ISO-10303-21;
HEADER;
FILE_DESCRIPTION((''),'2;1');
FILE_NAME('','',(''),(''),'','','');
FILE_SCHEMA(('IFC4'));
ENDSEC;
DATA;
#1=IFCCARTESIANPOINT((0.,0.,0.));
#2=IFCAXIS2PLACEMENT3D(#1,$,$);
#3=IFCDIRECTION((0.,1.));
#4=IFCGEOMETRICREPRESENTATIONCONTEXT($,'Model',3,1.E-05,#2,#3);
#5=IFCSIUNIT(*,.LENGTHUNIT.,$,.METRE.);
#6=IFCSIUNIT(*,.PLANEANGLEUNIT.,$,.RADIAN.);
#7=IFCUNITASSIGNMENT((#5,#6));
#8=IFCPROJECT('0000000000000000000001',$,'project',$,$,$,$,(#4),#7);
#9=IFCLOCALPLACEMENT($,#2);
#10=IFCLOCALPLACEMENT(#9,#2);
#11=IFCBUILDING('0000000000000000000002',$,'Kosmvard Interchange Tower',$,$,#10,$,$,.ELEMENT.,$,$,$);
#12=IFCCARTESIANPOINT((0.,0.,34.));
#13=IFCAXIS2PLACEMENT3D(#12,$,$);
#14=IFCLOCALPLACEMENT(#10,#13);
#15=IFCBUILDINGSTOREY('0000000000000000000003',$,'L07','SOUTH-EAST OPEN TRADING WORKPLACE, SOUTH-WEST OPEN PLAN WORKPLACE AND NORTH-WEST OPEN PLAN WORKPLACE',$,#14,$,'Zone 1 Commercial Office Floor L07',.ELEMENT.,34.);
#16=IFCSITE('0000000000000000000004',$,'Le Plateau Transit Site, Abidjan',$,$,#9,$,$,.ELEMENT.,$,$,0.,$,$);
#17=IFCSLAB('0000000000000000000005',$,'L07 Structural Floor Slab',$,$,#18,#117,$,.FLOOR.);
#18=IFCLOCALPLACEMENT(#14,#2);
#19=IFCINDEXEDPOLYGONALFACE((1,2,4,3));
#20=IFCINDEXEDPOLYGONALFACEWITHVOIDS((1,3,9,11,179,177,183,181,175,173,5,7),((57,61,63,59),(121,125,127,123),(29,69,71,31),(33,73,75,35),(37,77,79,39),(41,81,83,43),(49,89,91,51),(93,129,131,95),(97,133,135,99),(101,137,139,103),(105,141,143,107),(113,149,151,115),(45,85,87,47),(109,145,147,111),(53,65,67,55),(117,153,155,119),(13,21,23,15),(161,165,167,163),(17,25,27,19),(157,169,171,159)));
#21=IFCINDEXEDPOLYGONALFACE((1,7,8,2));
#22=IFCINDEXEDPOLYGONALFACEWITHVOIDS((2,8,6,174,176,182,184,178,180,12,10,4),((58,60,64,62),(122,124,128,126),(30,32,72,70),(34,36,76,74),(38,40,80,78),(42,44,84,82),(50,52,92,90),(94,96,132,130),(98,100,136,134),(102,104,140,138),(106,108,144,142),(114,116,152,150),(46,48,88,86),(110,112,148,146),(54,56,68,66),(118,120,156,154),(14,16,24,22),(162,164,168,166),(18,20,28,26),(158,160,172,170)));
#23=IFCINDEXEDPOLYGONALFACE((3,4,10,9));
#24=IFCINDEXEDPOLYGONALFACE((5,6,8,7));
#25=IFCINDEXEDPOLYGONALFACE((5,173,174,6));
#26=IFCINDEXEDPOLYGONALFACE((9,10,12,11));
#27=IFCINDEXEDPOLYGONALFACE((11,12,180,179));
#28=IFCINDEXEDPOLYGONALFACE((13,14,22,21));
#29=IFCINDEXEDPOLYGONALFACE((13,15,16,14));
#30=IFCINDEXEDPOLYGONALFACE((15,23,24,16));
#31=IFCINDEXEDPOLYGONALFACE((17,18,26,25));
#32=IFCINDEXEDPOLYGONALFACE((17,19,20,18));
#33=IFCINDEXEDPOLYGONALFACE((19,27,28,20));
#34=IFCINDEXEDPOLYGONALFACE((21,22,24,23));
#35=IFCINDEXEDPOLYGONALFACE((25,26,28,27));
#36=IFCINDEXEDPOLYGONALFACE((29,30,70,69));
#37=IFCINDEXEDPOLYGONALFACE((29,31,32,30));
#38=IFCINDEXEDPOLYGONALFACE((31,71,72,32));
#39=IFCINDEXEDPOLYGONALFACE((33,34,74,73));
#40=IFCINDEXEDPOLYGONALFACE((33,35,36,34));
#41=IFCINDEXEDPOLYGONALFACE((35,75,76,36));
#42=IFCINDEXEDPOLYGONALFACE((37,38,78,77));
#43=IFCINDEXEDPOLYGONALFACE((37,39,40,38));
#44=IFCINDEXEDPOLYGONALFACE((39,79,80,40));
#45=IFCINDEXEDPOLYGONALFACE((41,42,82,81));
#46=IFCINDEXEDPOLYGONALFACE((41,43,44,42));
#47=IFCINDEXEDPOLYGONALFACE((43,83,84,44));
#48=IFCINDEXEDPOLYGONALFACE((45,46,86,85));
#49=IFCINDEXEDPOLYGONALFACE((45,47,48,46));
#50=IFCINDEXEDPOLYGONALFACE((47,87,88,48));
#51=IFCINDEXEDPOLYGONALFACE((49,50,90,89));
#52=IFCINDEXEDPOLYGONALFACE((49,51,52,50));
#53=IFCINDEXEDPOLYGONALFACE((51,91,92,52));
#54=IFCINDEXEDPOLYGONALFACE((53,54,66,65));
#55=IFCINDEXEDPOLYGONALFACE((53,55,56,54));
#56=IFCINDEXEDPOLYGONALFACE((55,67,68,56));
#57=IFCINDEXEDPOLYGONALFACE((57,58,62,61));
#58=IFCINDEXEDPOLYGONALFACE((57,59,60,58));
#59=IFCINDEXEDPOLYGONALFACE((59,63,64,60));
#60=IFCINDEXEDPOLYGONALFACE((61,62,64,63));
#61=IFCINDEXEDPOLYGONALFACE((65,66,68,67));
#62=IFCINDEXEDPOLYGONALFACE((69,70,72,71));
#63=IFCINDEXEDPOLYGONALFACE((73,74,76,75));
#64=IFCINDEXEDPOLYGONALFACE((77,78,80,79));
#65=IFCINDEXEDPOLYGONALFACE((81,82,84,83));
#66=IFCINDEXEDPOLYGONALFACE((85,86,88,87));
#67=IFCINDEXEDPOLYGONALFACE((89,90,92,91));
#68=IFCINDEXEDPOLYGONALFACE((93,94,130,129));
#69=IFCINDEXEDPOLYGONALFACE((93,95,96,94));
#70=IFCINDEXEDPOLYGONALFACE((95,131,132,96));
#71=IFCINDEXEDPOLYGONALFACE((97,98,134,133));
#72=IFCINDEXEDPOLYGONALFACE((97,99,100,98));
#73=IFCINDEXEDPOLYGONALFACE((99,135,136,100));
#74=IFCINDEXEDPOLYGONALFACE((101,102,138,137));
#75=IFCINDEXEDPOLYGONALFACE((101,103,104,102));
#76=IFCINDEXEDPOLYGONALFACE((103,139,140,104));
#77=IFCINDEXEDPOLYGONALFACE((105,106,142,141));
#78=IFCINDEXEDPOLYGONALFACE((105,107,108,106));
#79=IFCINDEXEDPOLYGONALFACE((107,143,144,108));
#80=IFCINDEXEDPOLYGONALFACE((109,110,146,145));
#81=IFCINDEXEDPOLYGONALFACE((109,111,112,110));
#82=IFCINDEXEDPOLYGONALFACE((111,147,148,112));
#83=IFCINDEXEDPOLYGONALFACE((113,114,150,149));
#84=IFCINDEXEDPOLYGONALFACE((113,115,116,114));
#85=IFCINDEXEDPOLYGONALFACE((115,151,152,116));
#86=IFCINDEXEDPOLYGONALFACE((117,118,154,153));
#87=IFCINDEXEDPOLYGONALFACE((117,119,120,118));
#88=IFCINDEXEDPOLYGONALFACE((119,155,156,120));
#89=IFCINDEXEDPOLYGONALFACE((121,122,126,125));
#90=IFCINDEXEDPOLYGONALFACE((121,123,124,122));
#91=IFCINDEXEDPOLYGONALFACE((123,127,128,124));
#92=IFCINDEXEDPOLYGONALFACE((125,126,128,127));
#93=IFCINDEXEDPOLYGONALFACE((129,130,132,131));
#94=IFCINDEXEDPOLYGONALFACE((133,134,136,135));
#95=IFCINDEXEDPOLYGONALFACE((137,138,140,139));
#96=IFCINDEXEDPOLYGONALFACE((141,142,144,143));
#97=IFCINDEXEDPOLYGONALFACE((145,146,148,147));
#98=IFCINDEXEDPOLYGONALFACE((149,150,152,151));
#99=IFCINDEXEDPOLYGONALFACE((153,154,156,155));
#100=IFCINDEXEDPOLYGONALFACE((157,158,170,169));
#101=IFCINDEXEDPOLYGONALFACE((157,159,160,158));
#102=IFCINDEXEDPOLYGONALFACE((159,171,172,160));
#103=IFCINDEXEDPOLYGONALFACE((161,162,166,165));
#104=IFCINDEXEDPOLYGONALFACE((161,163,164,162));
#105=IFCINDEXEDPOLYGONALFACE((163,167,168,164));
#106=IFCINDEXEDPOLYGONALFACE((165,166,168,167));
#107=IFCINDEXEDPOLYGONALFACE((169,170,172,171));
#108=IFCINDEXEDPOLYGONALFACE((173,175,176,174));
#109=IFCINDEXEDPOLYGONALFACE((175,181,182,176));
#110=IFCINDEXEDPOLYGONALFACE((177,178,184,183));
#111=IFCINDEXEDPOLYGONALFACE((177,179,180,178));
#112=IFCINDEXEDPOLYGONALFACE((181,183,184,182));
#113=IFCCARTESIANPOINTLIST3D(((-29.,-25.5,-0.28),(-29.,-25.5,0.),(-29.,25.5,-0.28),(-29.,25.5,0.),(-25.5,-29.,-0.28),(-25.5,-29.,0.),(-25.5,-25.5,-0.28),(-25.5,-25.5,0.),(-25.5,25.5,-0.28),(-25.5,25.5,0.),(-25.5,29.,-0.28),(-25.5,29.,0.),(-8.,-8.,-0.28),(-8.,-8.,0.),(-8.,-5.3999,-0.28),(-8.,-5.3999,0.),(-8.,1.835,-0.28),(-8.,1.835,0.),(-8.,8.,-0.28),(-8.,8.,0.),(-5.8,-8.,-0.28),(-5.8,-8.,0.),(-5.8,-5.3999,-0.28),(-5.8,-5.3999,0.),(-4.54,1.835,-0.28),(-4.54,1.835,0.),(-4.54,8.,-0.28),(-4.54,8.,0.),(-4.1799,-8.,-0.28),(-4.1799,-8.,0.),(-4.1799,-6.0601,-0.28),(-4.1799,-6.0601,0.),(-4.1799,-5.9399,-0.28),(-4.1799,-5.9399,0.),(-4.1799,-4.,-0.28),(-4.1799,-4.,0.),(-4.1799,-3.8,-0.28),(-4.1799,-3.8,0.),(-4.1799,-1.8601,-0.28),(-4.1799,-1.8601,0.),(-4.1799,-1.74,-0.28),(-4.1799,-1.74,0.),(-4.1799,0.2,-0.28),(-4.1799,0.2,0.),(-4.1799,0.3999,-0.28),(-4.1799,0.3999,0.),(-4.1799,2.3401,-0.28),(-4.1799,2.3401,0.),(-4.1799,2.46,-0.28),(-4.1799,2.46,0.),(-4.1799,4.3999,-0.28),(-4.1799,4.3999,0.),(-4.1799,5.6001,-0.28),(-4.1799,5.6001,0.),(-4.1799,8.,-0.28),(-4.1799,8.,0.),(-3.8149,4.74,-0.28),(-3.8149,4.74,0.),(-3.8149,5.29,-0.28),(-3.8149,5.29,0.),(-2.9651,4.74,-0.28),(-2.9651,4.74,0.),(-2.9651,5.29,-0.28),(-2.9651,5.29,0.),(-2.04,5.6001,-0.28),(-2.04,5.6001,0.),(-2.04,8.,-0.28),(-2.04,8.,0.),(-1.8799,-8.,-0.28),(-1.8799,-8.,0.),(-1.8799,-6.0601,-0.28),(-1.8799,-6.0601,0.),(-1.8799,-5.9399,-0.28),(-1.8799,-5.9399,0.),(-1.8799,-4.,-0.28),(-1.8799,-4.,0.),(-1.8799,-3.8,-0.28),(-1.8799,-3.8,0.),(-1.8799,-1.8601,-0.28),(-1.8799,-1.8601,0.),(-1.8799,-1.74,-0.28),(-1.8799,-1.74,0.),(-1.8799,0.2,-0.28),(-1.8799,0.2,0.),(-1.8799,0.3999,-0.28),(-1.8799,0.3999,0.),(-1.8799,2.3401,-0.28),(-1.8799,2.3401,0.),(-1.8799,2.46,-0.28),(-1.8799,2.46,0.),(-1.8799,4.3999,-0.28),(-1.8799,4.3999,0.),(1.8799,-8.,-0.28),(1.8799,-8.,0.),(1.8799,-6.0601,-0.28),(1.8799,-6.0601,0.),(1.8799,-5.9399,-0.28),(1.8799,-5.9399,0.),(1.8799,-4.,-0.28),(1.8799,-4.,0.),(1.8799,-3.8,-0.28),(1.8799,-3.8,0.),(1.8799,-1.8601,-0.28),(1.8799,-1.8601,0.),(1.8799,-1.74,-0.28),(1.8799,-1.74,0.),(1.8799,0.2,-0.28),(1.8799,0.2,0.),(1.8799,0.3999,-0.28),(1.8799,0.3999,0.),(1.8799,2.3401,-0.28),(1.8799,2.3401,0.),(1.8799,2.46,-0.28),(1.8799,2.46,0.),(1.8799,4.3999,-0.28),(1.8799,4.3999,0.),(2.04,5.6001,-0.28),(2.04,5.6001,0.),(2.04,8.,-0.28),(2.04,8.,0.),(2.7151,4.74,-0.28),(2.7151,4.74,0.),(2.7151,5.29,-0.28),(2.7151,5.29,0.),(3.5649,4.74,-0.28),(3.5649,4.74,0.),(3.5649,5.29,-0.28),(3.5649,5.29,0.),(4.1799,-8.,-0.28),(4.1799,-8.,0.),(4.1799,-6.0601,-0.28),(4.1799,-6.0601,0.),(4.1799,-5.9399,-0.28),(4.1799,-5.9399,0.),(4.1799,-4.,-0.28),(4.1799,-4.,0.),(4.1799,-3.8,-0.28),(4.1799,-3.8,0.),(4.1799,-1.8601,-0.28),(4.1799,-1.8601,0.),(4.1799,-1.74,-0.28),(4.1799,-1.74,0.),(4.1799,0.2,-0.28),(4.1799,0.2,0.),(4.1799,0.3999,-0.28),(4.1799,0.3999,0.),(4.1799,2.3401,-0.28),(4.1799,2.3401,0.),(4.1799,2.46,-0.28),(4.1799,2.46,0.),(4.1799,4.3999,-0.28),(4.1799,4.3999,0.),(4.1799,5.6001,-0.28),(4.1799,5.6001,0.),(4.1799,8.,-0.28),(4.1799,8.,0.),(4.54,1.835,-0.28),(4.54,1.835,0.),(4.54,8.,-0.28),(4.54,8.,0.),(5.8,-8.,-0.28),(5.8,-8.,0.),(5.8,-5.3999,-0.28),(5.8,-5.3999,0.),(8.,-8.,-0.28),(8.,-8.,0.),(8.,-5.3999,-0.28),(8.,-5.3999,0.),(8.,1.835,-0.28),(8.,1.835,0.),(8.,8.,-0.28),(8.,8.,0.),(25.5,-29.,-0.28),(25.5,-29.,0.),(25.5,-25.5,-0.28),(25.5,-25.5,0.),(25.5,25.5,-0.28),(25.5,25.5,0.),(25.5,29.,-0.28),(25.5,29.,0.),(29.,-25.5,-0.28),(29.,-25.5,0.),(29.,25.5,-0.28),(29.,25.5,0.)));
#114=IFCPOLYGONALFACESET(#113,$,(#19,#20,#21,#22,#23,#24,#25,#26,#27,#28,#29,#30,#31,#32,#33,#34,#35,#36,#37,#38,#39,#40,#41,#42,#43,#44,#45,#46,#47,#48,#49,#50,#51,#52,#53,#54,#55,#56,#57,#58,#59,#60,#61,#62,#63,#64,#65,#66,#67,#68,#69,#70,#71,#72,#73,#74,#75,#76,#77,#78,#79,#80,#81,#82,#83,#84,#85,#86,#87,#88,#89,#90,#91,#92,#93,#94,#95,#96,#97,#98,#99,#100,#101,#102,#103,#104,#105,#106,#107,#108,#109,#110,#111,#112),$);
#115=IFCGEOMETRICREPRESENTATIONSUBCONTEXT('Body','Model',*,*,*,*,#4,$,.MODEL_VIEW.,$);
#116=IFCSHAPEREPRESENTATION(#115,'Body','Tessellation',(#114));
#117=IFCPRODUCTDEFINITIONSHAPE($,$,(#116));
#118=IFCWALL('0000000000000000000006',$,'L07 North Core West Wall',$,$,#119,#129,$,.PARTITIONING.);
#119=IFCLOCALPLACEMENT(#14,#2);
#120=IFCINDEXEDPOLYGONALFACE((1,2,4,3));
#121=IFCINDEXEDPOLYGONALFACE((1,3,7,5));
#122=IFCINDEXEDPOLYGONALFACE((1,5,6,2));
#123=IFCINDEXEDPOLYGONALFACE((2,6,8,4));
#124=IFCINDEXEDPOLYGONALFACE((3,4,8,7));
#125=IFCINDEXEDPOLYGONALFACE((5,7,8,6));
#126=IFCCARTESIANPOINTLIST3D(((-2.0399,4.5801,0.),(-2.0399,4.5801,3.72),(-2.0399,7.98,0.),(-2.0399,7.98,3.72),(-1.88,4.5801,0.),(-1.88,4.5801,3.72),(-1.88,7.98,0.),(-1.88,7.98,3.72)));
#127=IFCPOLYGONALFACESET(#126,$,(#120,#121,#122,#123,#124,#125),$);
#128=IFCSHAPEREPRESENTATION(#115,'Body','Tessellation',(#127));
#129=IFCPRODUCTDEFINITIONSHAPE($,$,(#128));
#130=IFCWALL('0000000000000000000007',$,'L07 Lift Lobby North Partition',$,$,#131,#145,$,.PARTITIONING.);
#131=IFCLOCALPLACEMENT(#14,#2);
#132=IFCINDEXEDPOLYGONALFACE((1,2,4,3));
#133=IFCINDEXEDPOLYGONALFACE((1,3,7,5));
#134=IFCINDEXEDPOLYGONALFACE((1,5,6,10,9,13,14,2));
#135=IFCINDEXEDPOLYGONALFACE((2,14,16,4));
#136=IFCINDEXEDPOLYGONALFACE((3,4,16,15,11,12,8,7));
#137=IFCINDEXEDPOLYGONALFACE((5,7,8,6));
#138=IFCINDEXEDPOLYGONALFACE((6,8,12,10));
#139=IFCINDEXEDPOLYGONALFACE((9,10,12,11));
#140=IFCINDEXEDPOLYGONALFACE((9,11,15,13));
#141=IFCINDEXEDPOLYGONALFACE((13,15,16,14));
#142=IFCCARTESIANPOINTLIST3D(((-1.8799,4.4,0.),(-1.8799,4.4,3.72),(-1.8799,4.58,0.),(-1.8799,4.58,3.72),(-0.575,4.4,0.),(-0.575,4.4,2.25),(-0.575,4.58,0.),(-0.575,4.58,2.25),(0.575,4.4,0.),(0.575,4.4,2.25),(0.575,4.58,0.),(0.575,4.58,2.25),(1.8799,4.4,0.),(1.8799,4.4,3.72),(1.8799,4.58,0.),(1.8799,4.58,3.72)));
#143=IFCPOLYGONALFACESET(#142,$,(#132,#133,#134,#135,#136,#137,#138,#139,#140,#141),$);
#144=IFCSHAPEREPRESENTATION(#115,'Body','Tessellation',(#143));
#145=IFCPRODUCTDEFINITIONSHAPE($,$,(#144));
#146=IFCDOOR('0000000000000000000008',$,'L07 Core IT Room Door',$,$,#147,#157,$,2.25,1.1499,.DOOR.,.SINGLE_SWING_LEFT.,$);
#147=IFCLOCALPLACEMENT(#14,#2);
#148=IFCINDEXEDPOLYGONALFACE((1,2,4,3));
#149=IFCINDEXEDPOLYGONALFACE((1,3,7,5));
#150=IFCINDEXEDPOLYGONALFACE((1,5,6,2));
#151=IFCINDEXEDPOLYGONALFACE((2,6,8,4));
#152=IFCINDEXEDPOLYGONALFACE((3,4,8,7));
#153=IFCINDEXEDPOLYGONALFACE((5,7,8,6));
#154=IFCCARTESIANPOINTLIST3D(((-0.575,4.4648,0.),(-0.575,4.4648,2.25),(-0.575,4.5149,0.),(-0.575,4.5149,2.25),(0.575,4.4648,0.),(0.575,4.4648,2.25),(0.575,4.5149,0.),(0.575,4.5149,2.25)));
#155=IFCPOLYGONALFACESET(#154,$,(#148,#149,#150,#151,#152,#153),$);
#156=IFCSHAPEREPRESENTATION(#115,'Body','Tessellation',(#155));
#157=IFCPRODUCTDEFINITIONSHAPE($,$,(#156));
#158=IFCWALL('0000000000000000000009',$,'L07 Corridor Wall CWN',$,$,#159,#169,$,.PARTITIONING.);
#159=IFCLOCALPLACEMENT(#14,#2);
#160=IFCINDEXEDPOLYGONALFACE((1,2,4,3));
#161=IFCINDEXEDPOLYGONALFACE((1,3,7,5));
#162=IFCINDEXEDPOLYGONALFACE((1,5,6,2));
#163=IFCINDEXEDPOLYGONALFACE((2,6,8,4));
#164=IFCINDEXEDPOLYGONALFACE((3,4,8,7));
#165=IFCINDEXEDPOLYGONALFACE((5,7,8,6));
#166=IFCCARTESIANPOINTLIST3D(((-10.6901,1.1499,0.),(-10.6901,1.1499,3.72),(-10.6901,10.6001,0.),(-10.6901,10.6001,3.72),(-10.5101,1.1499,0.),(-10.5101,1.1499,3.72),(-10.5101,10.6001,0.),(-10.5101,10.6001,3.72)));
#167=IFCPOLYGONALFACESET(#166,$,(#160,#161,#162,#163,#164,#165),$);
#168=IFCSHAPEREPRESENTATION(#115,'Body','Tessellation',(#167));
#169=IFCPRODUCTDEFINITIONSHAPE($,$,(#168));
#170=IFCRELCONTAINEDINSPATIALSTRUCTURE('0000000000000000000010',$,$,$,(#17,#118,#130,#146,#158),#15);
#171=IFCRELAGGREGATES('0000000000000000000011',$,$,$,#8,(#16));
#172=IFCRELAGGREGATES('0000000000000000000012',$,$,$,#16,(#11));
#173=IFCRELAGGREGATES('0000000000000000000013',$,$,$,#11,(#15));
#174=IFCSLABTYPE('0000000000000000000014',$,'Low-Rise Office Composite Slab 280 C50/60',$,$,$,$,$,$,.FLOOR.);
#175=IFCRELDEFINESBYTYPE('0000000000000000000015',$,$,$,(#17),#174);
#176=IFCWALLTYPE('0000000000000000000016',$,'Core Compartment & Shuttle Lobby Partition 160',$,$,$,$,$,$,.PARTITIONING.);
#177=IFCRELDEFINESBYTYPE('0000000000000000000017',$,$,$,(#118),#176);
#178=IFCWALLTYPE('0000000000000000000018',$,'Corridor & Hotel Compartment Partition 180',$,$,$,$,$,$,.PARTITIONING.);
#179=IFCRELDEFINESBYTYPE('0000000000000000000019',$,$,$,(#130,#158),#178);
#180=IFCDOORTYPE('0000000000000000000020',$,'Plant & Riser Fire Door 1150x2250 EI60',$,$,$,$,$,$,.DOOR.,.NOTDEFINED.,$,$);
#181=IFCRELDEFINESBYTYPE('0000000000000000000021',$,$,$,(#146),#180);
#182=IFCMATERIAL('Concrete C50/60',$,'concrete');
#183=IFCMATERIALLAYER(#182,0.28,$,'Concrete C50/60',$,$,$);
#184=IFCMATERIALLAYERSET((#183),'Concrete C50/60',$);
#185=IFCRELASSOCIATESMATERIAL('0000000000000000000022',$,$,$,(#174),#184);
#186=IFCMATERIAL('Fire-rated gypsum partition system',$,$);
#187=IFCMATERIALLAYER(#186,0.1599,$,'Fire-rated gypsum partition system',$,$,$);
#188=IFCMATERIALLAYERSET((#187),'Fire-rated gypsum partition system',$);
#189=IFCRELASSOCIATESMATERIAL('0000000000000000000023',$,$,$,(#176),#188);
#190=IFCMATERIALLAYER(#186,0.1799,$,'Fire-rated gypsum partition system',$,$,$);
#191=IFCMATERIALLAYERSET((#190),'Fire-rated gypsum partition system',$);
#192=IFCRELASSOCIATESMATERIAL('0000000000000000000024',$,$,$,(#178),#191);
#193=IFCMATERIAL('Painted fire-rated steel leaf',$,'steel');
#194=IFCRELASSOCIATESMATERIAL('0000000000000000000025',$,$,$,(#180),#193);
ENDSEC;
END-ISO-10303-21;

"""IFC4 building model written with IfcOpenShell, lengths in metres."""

from ifc_helpers import new_model, si_unit, direction, frame, frame_2d, origin, place, context, subcontext, project, spatial, polyline, rectangle, outline, extrude, source, transform, mapped, material, layer, layer_set, type_object, element, fill, save


model = new_model("IFC4")

# Units and contexts
model_context = context("Model", 3, precision=1e-05, world=origin(), true_north=direction((0.0, 1.0)))
body_context = subcontext(model_context, "Body", "Model", "MODEL_VIEW")
ifc_project = project(units=[si_unit("LENGTHUNIT", "METRE"), si_unit("PLANEANGLEUNIT", "RADIAN")], contexts=[model_context])

# Site, building, storey
site_placement = place(None, origin())
site = spatial("IfcSite", under=ifc_project, at=site_placement, Name="Le Plateau Transit Site, Abidjan", CompositionType="ELEMENT", RefElevation=0.0)
building_placement = place(site_placement, origin())
building = spatial("IfcBuilding", under=site, at=building_placement, Name="Kosmvard Interchange Tower", CompositionType="ELEMENT")
storey_placement = place(building_placement, frame((0.0, 0.0, 34.0)))
storey = spatial("IfcBuildingStorey", under=building, at=storey_placement, Name="L07", Description="SOUTH-EAST OPEN TRADING WORKPLACE, SOUTH-WEST OPEN PLAN WORKPLACE AND NORTH-WEST OPEN PLAN WORKPLACE", LongName="Zone 1 Commercial Office Floor L07", CompositionType="ELEMENT", Elevation=34.0)

# Slab
ifc_material_1 = material(Name="Concrete C50/60", Category="concrete")
ifc_layer_1 = layer(ifc_material_1, 0.28, Name="Concrete C50/60")
ifc_layer_set_1 = layer_set([ifc_layer_1], Name="Concrete C50/60")
slab_type = type_object("IfcSlabType", Name="Low-Rise Office Composite Slab 280 C50/60", PredefinedType="FLOOR", material=ifc_layer_set_1)
slab_placement = place(storey_placement, frame((0.0, 0.0, -0.28)))
element("IfcSlab", 1, at=slab_placement, inside=storey, type_object=slab_type, Name="L07 Structural Floor Slab", PredefinedType="FLOOR", context=body_context, shape_type="SweptSolid", body=[
    extrude(outline(polyline([(-25.5, -29.0), (25.5, -29.0), (25.5, -25.5), (29.0, -25.5), (29.0, 25.5), (25.5, 25.5), (25.5, 29.0), (-25.5, 29.0), (-25.5, 25.5), (-29.0, 25.5), (-29.0, -25.5), (-25.5, -25.5), (-25.5, -29.0)]), holes=[polyline([(-8.0, 1.835), (-4.54, 1.835), (-4.54, 8.0), (-8.0, 8.0), (-8.0, 1.835)]), polyline([(4.54, 1.835), (8.0, 1.835), (8.0, 8.0), (4.54, 8.0), (4.54, 1.835)]), polyline([(-8.0, -8.0), (-5.8, -8.0), (-5.8, -5.3999), (-8.0, -5.3999), (-8.0, -8.0)]), polyline([(5.8, -8.0), (8.0, -8.0), (8.0, -5.3999), (5.8, -5.3999), (5.8, -8.0)]), polyline([(-4.1799, -8.0), (-1.8799, -8.0), (-1.8799, -6.0601), (-4.1799, -6.0601), (-4.1799, -8.0)]), polyline([(-4.1799, -5.9399), (-1.8799, -5.9399), (-1.8799, -4.0), (-4.1799, -4.0), (-4.1799, -5.9399)]), polyline([(1.8799, -8.0), (4.1799, -8.0), (4.1799, -6.0601), (1.8799, -6.0601), (1.8799, -8.0)]), polyline([(1.8799, -5.9399), (4.1799, -5.9399), (4.1799, -4.0), (1.8799, -4.0), (1.8799, -5.9399)]), polyline([(-4.1799, -3.8), (-1.8799, -3.8), (-1.8799, -1.8601), (-4.1799, -1.8601), (-4.1799, -3.8)]), polyline([(-4.1799, -1.74), (-1.8799, -1.74), (-1.8799, 0.2), (-4.1799, 0.2), (-4.1799, -1.74)]), polyline([(1.8799, -3.8), (4.1799, -3.8), (4.1799, -1.8601), (1.8799, -1.8601), (1.8799, -3.8)]), polyline([(1.8799, -1.74), (4.1799, -1.74), (4.1799, 0.2), (1.8799, 0.2), (1.8799, -1.74)]), polyline([(-4.1799, 0.3999), (-1.8799, 0.3999), (-1.8799, 2.3401), (-4.1799, 2.3401), (-4.1799, 0.3999)]), polyline([(-4.1799, 2.46), (-1.8799, 2.46), (-1.8799, 4.3999), (-4.1799, 4.3999), (-4.1799, 2.46)]), polyline([(1.8799, 0.3999), (4.1799, 0.3999), (4.1799, 2.3401), (1.8799, 2.3401), (1.8799, 0.3999)]), polyline([(1.8799, 2.46), (4.1799, 2.46), (4.1799, 4.3999), (1.8799, 4.3999), (1.8799, 2.46)]), polyline([(-4.1799, 5.6001), (-2.04, 5.6001), (-2.04, 8.0), (-4.1799, 8.0), (-4.1799, 5.6001)]), polyline([(2.04, 5.6001), (4.1799, 5.6001), (4.1799, 8.0), (2.04, 8.0), (2.04, 5.6001)]), polyline([(-3.8149, 4.74), (-2.9651, 4.74), (-2.9651, 5.29), (-3.8149, 5.29), (-3.8149, 4.74)]), polyline([(2.7151, 4.74), (3.5649, 4.74), (3.5649, 5.29), (2.7151, 5.29), (2.7151, 4.74)])]), origin(), (0.0, 0.0, 1.0), 0.28),
])

# Wall
ifc_material_2 = material(Name="Fire-rated gypsum partition system")
ifc_layer_2 = layer(ifc_material_2, 0.1599, Name="Fire-rated gypsum partition system")
ifc_layer_set_2 = layer_set([ifc_layer_2], Name="Fire-rated gypsum partition system")
wall_type_1 = type_object("IfcWallType", Name="Core Compartment & Shuttle Lobby Partition 160", PredefinedType="PARTITIONING", material=ifc_layer_set_2)
wall_1_placement = place(storey_placement, frame((-1.96, 4.5801, 0.0), z_axis=(0.0, 0.0, 1.0), x_axis=(0.0, 1.0, 0.0)))
element("IfcWall", 2, at=wall_1_placement, inside=storey, type_object=wall_type_1, Name="L07 North Core West Wall", PredefinedType="PARTITIONING", context=body_context, shape_type="SweptSolid", body=[
    extrude(rectangle(XDim=3.3999, YDim=0.1599, at=frame_2d((1.7, 0.0))), origin(), (0.0, 0.0, 1.0), 3.72),
])

# Wall, opening, door
ifc_layer_3 = layer(ifc_material_2, 0.1799, Name="Fire-rated gypsum partition system")
ifc_layer_set_3 = layer_set([ifc_layer_3], Name="Fire-rated gypsum partition system")
wall_type_2 = type_object("IfcWallType", Name="Corridor & Hotel Compartment Partition 180", PredefinedType="PARTITIONING", material=ifc_layer_set_3)
wall_2_placement = place(storey_placement, frame((-1.8799, 4.49, 0.0), z_axis=(0.0, 0.0, 1.0), x_axis=(1.0, 0.0, 0.0)))
wall_2 = element("IfcWall", 3, at=wall_2_placement, inside=storey, type_object=wall_type_2, Name="L07 Lift Lobby North Partition", PredefinedType="PARTITIONING", context=body_context, shape_type="SweptSolid", body=[
    extrude(rectangle(XDim=3.7598, YDim=0.1799, at=frame_2d((1.8799, 0.0))), origin(), (0.0, 0.0, 1.0), 3.72),
])
opening_1_placement = place(wall_2_placement, frame((1.3049, 0.0, 0.0)))
opening_1 = element("IfcOpeningElement", 4, at=opening_1_placement, cuts=wall_2, PredefinedType="OPENING", context=body_context, shape_type="SweptSolid", body=[
    extrude(rectangle(XDim=1.1499, YDim=2.25, at=frame_2d((0.575, 1.125))), frame((0.0, 0.1001, 0.0), z_axis=(0.0, -1.0, 0.0), x_axis=(1.0, 0.0, 0.0)), (0.0, 0.0, 1.0), 0.2),
])
ifc_material_3 = material(Name="Painted fire-rated steel leaf", Category="steel")
door_type_1 = type_object("IfcDoorType", Name="Plant & Riser Fire Door 1150x2250 EI60", OperationType="NOTDEFINED", PredefinedType="DOOR", material=ifc_material_3)
shared_shape_1 = source(origin(), body_context, "Body", "SweptSolid", [
    extrude(rectangle(XDim=1.1499, YDim=2.25, at=frame_2d((0.575, 1.125))), frame((0.0, 0.0249, 0.0), z_axis=(0.0, -1.0, 0.0), x_axis=(1.0, 0.0, 0.0)), (0.0, 0.0, 1.0), 0.05),
])
door_1_placement = place(opening_1_placement, origin())
door_1 = element("IfcDoor", 5, at=door_1_placement, inside=storey, type_object=door_type_1, Name="L07 Core IT Room Door", OperationType="SINGLE_SWING_LEFT", OverallHeight=2.25, OverallWidth=1.1499, PredefinedType="DOOR", context=body_context, shape_type="MappedRepresentation", body=[
    mapped(shared_shape_1, transform((0.0, 0.0, 0.0), scale=1.0)),
])
fill(opening_1, door_1)

# Wall
wall_3_placement = place(storey_placement, frame((-10.6001, 1.1499, 0.0), z_axis=(0.0, 0.0, 1.0), x_axis=(0.0, 1.0, 0.0)))
element("IfcWall", 6, at=wall_3_placement, inside=storey, type_object=wall_type_2, Name="L07 Corridor Wall CWN", PredefinedType="PARTITIONING", context=body_context, shape_type="SweptSolid", body=[
    extrude(rectangle(XDim=9.4502, YDim=0.1799, at=frame_2d((4.7251, 0.0))), origin(), (0.0, 0.0, 1.0), 3.72),
])

save(model, "model.ifc")
